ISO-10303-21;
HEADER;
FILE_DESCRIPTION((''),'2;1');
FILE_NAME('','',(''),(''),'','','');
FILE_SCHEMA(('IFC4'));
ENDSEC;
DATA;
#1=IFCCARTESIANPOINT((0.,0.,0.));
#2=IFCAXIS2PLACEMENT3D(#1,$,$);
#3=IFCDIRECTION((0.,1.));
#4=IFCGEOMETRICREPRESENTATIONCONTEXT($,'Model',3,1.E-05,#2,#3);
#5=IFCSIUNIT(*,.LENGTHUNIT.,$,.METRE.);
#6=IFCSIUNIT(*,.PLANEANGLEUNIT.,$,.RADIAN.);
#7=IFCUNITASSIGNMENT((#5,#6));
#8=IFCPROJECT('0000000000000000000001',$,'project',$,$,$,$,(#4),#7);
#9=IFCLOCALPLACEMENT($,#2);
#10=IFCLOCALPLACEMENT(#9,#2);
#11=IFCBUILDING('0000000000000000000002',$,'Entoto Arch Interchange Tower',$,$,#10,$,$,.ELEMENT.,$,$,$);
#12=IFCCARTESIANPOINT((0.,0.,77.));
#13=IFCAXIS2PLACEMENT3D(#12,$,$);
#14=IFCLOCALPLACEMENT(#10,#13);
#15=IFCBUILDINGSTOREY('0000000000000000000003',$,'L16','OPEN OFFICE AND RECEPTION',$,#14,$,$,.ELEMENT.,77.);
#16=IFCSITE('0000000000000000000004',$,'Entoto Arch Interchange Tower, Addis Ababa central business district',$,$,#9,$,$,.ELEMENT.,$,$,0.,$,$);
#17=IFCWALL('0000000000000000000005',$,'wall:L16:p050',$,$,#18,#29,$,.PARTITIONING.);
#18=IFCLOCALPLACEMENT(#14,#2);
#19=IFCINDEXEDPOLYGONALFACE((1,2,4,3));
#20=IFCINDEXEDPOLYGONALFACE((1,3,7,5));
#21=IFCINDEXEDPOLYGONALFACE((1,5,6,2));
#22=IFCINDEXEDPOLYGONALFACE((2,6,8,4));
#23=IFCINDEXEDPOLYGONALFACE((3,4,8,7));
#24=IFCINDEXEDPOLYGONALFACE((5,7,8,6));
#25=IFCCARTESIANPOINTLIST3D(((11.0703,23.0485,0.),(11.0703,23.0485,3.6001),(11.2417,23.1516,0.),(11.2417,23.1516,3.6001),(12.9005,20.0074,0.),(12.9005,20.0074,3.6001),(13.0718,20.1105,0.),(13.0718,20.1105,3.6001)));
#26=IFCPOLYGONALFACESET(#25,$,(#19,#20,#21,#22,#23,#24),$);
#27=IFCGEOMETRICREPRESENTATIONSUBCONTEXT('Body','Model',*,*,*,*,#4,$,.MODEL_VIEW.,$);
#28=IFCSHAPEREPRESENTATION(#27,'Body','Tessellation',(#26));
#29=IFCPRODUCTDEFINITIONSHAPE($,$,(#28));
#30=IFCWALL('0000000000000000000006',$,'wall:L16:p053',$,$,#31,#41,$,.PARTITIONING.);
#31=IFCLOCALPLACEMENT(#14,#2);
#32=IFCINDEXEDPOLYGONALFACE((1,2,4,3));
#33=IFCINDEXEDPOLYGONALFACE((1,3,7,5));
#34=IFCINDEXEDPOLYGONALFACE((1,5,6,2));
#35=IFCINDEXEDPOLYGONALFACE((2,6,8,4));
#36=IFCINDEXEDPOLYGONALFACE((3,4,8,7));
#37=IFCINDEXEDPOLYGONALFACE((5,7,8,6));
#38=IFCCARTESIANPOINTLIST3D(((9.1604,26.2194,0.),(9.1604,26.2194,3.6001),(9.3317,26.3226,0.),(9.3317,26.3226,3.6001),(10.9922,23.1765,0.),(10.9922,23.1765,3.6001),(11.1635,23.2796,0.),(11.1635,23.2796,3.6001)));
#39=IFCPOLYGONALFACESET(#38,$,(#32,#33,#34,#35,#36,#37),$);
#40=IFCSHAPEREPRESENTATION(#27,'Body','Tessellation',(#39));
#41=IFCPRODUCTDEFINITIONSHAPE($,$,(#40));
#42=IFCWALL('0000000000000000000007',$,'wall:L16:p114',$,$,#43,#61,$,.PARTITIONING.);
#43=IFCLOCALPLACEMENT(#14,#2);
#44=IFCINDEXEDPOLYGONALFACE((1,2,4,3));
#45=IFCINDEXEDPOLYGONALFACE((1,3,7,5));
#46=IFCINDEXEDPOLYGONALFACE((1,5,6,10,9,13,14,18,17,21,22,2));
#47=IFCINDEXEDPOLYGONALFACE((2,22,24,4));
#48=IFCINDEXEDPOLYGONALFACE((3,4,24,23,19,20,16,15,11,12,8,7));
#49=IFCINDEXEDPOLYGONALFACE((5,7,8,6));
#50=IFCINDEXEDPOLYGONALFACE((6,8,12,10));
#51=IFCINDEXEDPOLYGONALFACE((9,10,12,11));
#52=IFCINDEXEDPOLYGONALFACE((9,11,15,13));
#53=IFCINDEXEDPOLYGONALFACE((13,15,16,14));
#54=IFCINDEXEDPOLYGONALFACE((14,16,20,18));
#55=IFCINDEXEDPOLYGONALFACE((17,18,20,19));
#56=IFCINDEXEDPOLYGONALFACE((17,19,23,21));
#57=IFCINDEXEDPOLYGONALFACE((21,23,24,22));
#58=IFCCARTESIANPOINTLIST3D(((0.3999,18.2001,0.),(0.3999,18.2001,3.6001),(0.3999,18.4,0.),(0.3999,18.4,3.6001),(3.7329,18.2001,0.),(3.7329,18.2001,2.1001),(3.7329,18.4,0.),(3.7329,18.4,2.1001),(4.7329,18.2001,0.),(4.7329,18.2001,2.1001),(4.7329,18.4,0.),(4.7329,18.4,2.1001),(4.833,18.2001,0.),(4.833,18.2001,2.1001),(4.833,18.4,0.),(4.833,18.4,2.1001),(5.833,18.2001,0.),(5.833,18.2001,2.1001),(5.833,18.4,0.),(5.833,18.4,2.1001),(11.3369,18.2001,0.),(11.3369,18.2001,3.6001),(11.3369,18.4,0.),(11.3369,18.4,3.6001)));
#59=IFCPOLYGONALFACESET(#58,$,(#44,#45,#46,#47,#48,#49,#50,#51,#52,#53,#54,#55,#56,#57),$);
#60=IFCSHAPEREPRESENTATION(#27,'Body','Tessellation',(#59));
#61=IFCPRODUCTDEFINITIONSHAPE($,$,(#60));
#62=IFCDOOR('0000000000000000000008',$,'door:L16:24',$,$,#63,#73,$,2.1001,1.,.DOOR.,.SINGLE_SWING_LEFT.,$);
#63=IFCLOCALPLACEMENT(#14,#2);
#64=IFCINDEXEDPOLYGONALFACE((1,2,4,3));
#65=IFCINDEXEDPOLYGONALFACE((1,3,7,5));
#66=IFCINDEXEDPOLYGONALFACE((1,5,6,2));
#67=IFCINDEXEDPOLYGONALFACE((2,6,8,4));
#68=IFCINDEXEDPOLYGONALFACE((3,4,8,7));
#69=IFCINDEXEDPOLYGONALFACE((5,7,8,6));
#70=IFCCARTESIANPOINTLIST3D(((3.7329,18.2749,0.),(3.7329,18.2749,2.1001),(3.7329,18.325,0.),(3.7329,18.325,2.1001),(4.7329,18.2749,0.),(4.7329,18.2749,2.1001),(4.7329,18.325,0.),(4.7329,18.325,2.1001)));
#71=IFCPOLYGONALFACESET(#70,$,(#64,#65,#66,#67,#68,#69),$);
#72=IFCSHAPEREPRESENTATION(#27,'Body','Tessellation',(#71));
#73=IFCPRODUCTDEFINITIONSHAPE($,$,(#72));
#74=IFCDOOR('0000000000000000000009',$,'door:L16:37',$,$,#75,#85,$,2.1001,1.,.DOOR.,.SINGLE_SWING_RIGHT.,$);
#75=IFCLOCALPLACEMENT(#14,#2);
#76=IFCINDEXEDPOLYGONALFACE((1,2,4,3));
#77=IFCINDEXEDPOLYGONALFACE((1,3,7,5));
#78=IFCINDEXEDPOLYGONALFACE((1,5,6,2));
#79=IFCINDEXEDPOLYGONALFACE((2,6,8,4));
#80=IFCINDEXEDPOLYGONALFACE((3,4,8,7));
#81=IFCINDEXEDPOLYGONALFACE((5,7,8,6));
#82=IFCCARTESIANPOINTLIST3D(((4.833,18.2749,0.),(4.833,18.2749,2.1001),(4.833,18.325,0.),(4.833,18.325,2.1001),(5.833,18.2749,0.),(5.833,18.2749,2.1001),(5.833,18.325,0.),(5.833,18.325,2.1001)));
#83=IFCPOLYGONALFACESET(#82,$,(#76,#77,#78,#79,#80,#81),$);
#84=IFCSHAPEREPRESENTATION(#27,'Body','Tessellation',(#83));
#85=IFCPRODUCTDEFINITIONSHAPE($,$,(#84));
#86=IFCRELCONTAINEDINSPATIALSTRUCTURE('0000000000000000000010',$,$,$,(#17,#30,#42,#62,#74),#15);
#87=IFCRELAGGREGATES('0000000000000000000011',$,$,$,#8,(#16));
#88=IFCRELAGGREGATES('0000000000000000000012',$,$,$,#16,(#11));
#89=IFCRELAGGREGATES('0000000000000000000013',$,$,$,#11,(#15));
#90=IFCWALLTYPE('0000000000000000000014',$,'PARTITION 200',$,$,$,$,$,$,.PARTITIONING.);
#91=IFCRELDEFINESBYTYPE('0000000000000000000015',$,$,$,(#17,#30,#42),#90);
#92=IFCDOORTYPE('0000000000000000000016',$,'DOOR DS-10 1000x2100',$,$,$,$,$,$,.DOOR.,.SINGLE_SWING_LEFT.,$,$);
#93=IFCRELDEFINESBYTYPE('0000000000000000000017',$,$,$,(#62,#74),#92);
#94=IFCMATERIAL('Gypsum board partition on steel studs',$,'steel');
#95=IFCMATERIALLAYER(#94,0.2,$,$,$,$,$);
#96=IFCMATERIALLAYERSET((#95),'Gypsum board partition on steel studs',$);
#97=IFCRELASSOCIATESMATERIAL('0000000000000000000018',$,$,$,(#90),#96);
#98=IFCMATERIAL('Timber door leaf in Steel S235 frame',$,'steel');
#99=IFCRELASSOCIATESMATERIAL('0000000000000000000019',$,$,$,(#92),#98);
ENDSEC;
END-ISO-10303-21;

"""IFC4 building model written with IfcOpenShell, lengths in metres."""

from ifc_helpers import new_model, si_unit, direction, frame, frame_2d, origin, place, context, subcontext, project, spatial, rectangle, extrude, material, layer, layer_set, type_object, element, fill, save


model = new_model("IFC4")

# Units and contexts
model_context = context("Model", 3, precision=1e-05, world=origin(), true_north=direction((0.0, 1.0)))
body_context = subcontext(model_context, "Body", "Model", "MODEL_VIEW")
ifc_project = project(units=[si_unit("LENGTHUNIT", "METRE"), si_unit("PLANEANGLEUNIT", "RADIAN")], contexts=[model_context])

# Site, building, storey
site_placement = place(None, origin())
site = spatial("IfcSite", under=ifc_project, at=site_placement, Name="Entoto Arch Interchange Tower, Addis Ababa central business district", CompositionType="ELEMENT", RefElevation=0.0)
building_placement = place(site_placement, origin())
building = spatial("IfcBuilding", under=site, at=building_placement, Name="Entoto Arch Interchange Tower", CompositionType="ELEMENT")
storey_placement = place(building_placement, frame((0.0, 0.0, 77.0)))
storey = spatial("IfcBuildingStorey", under=building, at=storey_placement, Name="L16", Description="OPEN OFFICE AND RECEPTION", CompositionType="ELEMENT", Elevation=77.0)

# Shared definitions
ifc_material_1 = material(Name="Gypsum board partition on steel studs", Category="steel")
ifc_layer_1 = layer(ifc_material_1, 0.2)
ifc_layer_set_1 = layer_set([ifc_layer_1], Name="Gypsum board partition on steel studs")
wall_type_1 = type_object("IfcWallType", Name="PARTITION 200", PredefinedType="PARTITIONING", material=ifc_layer_set_1)

# Shared definitions
ifc_material_2 = material(Name="Timber door leaf in Steel S235 frame", Category="steel")
door_type_1 = type_object("IfcDoorType", Name="DOOR DS-10 1000x2100", OperationType="SINGLE_SWING_LEFT", PredefinedType="DOOR", material=ifc_material_2)

# Walls
wall_1_placement = place(storey_placement, frame((11.156, 23.1001, 0.0), z_axis=(0.0, 0.0, 1.0), x_axis=(0.515628, -0.856812, 0.0)))
element("IfcWall", 1, at=wall_1_placement, inside=storey, type_object=wall_type_1, Name="wall:L16:p050", PredefinedType="PARTITIONING", context=body_context, shape_type="SweptSolid", body=[
    extrude(rectangle(XDim=3.5493, YDim=0.2, at=frame_2d((1.7747, 0.0))), origin(), (0.0, 0.0, 1.0), 3.6001),
])
wall_2_placement = place(storey_placement, frame((9.2461, 26.271, 0.0), z_axis=(0.0, 0.0, 1.0), x_axis=(0.515739, -0.856746, 0.0)))
element("IfcWall", 2, at=wall_2_placement, inside=storey, type_object=wall_type_1, Name="wall:L16:p053", PredefinedType="PARTITIONING", context=body_context, shape_type="SweptSolid", body=[
    extrude(rectangle(XDim=3.5518, YDim=0.2, at=frame_2d((1.7759, 0.0))), origin(), (0.0, 0.0, 1.0), 3.6001),
])

# Wall, openings, doors
wall_3_placement = place(storey_placement, frame((0.3999, 18.3, 0.0), z_axis=(0.0, 0.0, 1.0), x_axis=(1.0, 0.0, 0.0)))
wall_3 = element("IfcWall", 3, at=wall_3_placement, inside=storey, type_object=wall_type_1, Name="wall:L16:p114", PredefinedType="PARTITIONING", context=body_context, shape_type="SweptSolid", body=[
    extrude(rectangle(XDim=10.937, YDim=0.2, at=frame_2d((5.4685, 0.0))), origin(), (0.0, 0.0, 1.0), 3.6001),
])
opening_1_placement = place(wall_3_placement, frame((3.333, 0.0, 0.0)))
opening_1 = element("IfcOpeningElement", 4, at=opening_1_placement, cuts=wall_3, PredefinedType="OPENING", context=body_context, shape_type="SweptSolid", body=[
    extrude(rectangle(XDim=1.0, YDim=2.1001, at=frame_2d((0.5, 1.05))), frame((0.0, 0.1099, 0.0), z_axis=(0.0, -1.0, 0.0), x_axis=(1.0, 0.0, 0.0)), (0.0, 0.0, 1.0), 0.22),
])
opening_2_placement = place(wall_3_placement, frame((4.4331, 0.0, 0.0)))
opening_2 = element("IfcOpeningElement", 5, at=opening_2_placement, cuts=wall_3, PredefinedType="OPENING", context=body_context, shape_type="SweptSolid", body=[
    extrude(rectangle(XDim=1.0, YDim=2.1001, at=frame_2d((0.5, 1.05))), frame((0.0, 0.1099, 0.0), z_axis=(0.0, -1.0, 0.0), x_axis=(1.0, 0.0, 0.0)), (0.0, 0.0, 1.0), 0.22),
])
door_1_placement = place(opening_1_placement, origin())
door_1 = element("IfcDoor", 6, at=door_1_placement, inside=storey, type_object=door_type_1, Name="door:L16:24", OperationType="SINGLE_SWING_LEFT", OverallHeight=2.1001, OverallWidth=1.0, PredefinedType="DOOR", context=body_context, shape_type="SweptSolid", body=[
    extrude(rectangle(XDim=1.0, YDim=2.1001, at=frame_2d((0.5, 1.05))), frame((0.0, 0.0249, 0.0), z_axis=(0.0, -1.0, 0.0), x_axis=(1.0, 0.0, 0.0)), (0.0, 0.0, 1.0), 0.05),
])
fill(opening_1, door_1)
door_2_placement = place(opening_2_placement, origin())
door_2 = element("IfcDoor", 7, at=door_2_placement, inside=storey, type_object=door_type_1, Name="door:L16:37", OperationType="SINGLE_SWING_RIGHT", OverallHeight=2.1001, OverallWidth=1.0, PredefinedType="DOOR", context=body_context, shape_type="SweptSolid", body=[
    extrude(rectangle(XDim=1.0, YDim=2.1001, at=frame_2d((0.5, 1.05))), frame((0.0, 0.0249, 0.0), z_axis=(0.0, -1.0, 0.0), x_axis=(1.0, 0.0, 0.0)), (0.0, 0.0, 1.0), 0.05),
])
fill(opening_2, door_2)

save(model, "model.ifc")
